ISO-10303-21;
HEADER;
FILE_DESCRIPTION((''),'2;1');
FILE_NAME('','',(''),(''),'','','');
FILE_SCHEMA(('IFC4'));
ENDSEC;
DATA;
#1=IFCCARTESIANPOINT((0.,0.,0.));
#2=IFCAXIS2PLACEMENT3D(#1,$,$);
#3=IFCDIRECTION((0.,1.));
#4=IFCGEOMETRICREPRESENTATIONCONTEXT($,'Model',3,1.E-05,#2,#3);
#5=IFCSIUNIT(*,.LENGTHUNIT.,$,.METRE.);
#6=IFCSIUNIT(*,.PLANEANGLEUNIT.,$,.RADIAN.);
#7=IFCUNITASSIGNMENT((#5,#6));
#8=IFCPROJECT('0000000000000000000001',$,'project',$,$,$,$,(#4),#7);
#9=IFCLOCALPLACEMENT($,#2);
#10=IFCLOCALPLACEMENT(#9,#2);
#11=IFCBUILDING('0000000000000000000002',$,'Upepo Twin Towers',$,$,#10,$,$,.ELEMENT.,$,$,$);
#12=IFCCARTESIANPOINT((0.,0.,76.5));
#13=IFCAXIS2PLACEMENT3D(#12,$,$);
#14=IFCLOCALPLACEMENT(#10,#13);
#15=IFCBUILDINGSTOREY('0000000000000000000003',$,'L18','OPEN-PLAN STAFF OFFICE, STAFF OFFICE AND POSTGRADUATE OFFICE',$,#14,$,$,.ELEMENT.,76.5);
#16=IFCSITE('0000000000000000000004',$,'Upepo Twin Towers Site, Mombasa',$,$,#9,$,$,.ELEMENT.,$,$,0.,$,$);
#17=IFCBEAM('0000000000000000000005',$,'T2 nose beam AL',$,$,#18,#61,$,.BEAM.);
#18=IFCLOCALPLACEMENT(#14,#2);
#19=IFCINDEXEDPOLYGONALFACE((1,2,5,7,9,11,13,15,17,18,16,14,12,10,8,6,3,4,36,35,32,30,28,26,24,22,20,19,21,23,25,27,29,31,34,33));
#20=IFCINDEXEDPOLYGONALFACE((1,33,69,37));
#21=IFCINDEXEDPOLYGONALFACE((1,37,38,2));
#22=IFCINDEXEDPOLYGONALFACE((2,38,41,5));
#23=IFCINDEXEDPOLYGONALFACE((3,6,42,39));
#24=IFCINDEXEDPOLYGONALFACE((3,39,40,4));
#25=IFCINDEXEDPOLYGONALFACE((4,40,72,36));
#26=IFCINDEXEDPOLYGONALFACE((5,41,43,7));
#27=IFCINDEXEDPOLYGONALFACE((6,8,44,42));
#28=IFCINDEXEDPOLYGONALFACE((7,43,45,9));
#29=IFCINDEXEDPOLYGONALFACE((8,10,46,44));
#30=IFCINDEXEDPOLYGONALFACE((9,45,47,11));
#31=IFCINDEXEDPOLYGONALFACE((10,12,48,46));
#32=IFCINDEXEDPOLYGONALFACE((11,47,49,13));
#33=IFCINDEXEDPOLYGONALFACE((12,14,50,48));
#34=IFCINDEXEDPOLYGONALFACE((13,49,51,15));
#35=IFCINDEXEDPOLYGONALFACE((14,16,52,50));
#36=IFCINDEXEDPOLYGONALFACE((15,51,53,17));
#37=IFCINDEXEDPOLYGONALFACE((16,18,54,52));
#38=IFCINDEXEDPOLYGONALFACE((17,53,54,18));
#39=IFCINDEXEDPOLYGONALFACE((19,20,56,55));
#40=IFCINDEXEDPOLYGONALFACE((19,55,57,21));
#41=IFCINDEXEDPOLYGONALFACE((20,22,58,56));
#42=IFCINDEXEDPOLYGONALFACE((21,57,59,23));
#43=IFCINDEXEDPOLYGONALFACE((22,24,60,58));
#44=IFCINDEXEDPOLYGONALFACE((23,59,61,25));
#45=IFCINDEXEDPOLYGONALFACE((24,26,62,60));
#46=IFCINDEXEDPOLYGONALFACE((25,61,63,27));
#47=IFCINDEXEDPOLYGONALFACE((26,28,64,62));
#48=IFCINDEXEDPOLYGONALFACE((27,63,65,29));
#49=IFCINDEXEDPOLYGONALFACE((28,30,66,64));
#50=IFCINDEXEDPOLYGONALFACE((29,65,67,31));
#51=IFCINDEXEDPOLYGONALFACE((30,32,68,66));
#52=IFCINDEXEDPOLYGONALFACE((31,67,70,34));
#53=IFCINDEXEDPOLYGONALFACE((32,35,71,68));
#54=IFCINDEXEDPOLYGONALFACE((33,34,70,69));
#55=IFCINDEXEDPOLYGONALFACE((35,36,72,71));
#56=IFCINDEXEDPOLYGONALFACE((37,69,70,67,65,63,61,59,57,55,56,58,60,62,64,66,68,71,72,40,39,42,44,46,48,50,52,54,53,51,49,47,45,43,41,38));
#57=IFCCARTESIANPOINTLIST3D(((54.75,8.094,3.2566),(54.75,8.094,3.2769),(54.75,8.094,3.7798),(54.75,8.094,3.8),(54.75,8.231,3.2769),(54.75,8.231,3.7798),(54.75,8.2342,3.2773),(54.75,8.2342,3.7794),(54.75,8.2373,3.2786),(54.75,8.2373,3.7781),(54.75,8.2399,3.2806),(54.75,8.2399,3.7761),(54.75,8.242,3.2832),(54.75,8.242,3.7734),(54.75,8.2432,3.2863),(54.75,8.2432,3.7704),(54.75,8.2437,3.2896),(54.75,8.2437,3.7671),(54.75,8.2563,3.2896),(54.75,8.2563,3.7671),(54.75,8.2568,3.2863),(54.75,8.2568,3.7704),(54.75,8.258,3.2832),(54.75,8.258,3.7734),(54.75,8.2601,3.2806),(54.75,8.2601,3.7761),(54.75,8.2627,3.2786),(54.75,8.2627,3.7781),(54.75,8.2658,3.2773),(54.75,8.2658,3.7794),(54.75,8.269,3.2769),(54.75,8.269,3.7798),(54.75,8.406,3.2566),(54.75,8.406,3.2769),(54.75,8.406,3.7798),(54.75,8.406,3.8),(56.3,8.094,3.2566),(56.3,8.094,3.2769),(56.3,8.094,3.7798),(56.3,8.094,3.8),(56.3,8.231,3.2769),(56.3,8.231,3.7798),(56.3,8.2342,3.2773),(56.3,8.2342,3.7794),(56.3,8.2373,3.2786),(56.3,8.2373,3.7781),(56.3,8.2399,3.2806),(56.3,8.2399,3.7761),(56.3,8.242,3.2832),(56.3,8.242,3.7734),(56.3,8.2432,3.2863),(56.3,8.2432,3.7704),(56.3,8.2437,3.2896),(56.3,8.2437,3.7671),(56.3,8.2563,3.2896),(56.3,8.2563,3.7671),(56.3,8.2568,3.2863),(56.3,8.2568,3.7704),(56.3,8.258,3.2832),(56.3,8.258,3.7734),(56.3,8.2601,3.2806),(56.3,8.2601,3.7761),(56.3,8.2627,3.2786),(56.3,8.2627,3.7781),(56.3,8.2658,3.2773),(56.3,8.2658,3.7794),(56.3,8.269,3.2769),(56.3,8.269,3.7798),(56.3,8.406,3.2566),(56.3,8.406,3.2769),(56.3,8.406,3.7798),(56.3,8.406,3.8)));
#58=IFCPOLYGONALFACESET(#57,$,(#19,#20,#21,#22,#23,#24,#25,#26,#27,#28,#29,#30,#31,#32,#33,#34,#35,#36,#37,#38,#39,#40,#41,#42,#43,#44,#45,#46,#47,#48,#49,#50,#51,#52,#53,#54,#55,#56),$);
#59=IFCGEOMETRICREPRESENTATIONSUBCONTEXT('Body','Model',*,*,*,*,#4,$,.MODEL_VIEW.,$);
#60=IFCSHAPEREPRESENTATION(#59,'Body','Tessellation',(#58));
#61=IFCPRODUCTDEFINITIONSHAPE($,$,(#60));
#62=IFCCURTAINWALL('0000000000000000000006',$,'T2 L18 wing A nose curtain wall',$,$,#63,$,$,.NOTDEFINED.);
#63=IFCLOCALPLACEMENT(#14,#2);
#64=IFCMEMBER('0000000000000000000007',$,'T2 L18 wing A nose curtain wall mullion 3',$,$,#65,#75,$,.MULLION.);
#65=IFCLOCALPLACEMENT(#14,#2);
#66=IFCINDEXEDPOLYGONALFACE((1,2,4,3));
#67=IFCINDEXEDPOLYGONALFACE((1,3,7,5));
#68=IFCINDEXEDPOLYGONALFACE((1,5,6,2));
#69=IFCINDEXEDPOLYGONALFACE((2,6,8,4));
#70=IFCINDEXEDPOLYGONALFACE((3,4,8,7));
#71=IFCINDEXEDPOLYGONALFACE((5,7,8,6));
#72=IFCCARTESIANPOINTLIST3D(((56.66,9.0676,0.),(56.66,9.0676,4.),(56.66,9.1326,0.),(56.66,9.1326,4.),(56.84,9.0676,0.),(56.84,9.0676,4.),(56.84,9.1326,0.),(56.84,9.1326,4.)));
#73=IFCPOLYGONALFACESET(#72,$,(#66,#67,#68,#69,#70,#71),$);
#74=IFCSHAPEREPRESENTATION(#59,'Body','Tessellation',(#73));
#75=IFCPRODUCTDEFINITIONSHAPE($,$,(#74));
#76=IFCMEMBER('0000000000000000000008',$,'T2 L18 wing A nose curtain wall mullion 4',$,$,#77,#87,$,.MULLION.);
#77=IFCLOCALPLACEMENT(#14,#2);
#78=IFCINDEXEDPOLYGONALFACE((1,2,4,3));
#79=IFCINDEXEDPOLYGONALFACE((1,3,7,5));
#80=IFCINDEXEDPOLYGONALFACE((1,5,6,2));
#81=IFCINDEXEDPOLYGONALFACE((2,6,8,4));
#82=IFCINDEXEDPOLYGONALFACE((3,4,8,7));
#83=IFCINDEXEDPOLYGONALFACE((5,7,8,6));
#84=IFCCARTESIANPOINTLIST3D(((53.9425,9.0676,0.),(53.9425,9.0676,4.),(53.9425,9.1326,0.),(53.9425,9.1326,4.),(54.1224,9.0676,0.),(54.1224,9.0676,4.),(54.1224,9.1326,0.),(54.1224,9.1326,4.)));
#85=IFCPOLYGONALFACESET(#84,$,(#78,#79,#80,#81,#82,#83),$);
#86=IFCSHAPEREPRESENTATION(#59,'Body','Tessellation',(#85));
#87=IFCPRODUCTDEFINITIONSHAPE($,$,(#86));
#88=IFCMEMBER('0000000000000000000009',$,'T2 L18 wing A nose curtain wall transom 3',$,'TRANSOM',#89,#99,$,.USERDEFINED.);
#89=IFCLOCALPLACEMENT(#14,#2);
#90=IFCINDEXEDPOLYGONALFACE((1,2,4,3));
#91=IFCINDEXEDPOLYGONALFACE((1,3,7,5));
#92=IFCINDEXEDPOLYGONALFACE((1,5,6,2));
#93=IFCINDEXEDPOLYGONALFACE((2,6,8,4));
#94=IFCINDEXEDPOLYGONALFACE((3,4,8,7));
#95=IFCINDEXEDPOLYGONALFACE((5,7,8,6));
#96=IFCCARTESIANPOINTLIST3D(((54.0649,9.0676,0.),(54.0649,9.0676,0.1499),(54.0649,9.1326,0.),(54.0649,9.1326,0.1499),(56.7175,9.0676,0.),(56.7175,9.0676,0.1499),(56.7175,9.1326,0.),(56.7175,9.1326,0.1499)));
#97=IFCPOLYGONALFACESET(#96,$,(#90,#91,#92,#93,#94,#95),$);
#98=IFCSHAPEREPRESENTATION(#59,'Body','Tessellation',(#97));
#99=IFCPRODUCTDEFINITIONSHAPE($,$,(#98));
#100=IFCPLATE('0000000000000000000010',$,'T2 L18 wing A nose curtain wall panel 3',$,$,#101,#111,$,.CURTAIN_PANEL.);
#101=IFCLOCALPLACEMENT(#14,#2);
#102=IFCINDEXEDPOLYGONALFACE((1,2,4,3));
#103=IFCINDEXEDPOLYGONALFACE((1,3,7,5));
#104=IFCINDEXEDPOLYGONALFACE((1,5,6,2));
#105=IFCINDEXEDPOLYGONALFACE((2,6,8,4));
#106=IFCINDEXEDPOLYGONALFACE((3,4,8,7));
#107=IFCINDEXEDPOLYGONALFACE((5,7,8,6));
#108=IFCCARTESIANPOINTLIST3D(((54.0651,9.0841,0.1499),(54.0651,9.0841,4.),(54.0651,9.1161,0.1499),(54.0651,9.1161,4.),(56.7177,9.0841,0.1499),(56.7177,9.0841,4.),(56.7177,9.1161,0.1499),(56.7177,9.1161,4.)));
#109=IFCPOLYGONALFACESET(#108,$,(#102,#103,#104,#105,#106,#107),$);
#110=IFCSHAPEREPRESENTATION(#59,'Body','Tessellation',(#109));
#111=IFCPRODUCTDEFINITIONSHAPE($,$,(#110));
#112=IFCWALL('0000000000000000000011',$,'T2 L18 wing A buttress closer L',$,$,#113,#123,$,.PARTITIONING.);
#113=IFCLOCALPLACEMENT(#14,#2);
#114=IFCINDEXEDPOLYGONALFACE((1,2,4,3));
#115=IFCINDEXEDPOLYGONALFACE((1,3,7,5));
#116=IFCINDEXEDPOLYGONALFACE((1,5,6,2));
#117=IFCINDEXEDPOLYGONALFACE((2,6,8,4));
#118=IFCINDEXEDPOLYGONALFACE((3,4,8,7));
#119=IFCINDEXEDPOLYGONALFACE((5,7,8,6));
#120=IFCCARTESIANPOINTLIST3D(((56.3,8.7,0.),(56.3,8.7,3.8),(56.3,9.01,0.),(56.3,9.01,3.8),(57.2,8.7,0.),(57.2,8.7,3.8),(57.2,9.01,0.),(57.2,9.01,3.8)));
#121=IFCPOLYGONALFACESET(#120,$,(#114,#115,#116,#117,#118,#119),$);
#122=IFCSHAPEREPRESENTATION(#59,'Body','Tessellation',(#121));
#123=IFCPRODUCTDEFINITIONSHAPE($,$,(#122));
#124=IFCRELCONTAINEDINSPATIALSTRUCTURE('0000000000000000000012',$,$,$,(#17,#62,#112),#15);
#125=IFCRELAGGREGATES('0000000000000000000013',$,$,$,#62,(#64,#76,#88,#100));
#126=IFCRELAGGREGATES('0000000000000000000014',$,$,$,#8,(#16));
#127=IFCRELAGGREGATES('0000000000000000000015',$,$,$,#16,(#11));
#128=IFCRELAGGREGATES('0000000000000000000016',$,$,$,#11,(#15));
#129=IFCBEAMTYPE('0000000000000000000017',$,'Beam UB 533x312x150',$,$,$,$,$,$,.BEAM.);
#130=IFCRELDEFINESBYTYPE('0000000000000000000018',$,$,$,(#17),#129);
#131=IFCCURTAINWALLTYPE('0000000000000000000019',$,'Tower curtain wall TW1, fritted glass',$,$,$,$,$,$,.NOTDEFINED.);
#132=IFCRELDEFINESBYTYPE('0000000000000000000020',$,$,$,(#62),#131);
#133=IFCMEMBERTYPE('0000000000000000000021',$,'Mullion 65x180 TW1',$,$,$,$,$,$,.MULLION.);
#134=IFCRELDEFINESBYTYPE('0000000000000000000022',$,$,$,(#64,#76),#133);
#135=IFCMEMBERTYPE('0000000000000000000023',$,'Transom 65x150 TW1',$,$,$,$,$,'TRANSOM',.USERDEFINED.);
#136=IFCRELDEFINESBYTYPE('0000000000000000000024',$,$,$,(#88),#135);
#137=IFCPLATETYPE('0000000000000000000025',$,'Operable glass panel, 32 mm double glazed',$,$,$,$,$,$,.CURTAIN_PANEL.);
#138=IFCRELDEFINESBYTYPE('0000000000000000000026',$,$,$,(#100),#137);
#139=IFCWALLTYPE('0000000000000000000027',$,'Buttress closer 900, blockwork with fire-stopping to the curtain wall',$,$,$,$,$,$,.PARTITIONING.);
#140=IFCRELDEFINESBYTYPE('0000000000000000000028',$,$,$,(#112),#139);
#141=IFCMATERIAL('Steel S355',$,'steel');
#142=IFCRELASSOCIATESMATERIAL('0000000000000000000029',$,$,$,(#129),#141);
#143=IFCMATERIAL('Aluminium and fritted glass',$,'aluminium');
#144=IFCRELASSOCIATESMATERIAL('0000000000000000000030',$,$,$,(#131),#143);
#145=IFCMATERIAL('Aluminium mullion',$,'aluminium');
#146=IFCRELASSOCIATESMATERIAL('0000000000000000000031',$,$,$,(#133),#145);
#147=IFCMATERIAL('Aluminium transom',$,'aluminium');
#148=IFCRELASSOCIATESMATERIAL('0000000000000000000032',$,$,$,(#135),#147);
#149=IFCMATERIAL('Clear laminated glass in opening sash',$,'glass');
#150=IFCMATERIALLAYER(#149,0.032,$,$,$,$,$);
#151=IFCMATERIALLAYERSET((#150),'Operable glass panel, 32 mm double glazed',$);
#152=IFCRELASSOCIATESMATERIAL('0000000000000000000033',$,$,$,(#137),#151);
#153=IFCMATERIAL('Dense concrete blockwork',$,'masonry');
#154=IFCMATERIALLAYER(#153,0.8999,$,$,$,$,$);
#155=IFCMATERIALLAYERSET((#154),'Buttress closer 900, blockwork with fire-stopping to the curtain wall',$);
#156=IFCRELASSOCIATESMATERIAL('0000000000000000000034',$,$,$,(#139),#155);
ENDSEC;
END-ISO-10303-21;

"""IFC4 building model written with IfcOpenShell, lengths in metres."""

from ifc_helpers import new_model, si_unit, direction, frame, frame_2d, origin, origin_2d, place, context, subcontext, project, spatial, rectangle, i_section, extrude, material, layer, layer_set, material_profile, profile_set, type_object, element, aggregate, save


model = new_model("IFC4")

# Units and contexts
model_context = context("Model", 3, precision=1e-05, world=origin(), true_north=direction((0.0, 1.0)))
body_context = subcontext(model_context, "Body", "Model", "MODEL_VIEW")
ifc_project = project(units=[si_unit("LENGTHUNIT", "METRE"), si_unit("PLANEANGLEUNIT", "RADIAN")], contexts=[model_context])

# Site, building, storey
site_placement = place(None, origin())
site = spatial("IfcSite", under=ifc_project, at=site_placement, Name="Upepo Twin Towers Site, Mombasa", CompositionType="ELEMENT", RefElevation=0.0)
building_placement = place(site_placement, origin())
building = spatial("IfcBuilding", under=site, at=building_placement, Name="Upepo Twin Towers", CompositionType="ELEMENT")
storey_placement = place(building_placement, frame((0.0, 0.0, 76.5)))
storey = spatial("IfcBuildingStorey", under=building, at=storey_placement, Name="L18", Description="OPEN-PLAN STAFF OFFICE, STAFF OFFICE AND POSTGRADUATE OFFICE", CompositionType="ELEMENT", Elevation=76.5)

# Beam
ifc_material_1 = material(Name="Steel S355", Category="steel")
ifc_material_profile_1 = material_profile(ifc_material_1, i_section(OverallWidth=0.312, OverallDepth=0.5435, WebThickness=0.0127, FlangeThickness=0.0203, FilletRadius=0.0127, at=origin_2d()), Name="UB 533x312x150")
ifc_profile_set_1 = profile_set([ifc_material_profile_1], Name="Steel S355")
beam_type_1 = type_object("IfcBeamType", Name="Beam UB 533x312x150", PredefinedType="BEAM", material=ifc_profile_set_1)
beam_1_placement = place(storey_placement, frame((54.75, 8.25, 3.5283), z_axis=(1.0, 0.0, 0.0), x_axis=(0.0, 1.0, 0.0)))
element("IfcBeam", 1, at=beam_1_placement, inside=storey, type_object=beam_type_1, Name="T2 nose beam AL", PredefinedType="BEAM", context=body_context, shape_type="SweptSolid", body=[
    extrude(i_section(OverallWidth=0.312, OverallDepth=0.5435, WebThickness=0.0127, FlangeThickness=0.0203, FilletRadius=0.0127, at=origin_2d()), origin(), (0.0, 0.0, 1.0), 1.55),
])

# Curtain wall, members, plate
ifc_material_2 = material(Name="Aluminium and fritted glass", Category="aluminium")
curtain_wall_type = type_object("IfcCurtainWallType", Name="Tower curtain wall TW1, fritted glass", PredefinedType="NOTDEFINED", material=ifc_material_2)
curtain_wall_placement = place(storey_placement, origin())
curtain_wall = element("IfcCurtainWall", 2, at=curtain_wall_placement, inside=storey, type_object=curtain_wall_type, Name="T2 L18 wing A nose curtain wall", PredefinedType="NOTDEFINED")
ifc_material_3 = material(Name="Aluminium mullion", Category="aluminium")
ifc_material_profile_2 = material_profile(ifc_material_3, rectangle(XDim=0.0649, YDim=0.1799, at=origin_2d()), Name="MULLION 65x180")
ifc_profile_set_2 = profile_set([ifc_material_profile_2], Name="Aluminium mullion")
member_type_1 = type_object("IfcMemberType", Name="Mullion 65x180 TW1", PredefinedType="MULLION", material=ifc_profile_set_2)
member_1_placement = place(storey_placement, frame((56.75, 9.1001, 0.0), z_axis=(0.0, 0.0, 1.0), x_axis=(0.0, -1.0, 0.0)))
member_1 = element("IfcMember", 3, at=member_1_placement, type_object=member_type_1, Name="T2 L18 wing A nose curtain wall mullion 3", PredefinedType="MULLION", context=body_context, shape_type="SweptSolid", body=[
    extrude(rectangle(XDim=0.0649, YDim=0.1799, at=origin_2d()), origin(), (0.0, 0.0, 1.0), 4.0),
])
member_2_placement = place(storey_placement, frame((54.0325, 9.1001, 0.0), z_axis=(0.0, 0.0, 1.0), x_axis=(0.0, -1.0, 0.0)))
member_2 = element("IfcMember", 4, at=member_2_placement, type_object=member_type_1, Name="T2 L18 wing A nose curtain wall mullion 4", PredefinedType="MULLION", context=body_context, shape_type="SweptSolid", body=[
    extrude(rectangle(XDim=0.0649, YDim=0.1799, at=origin_2d()), origin(), (0.0, 0.0, 1.0), 4.0),
])
ifc_material_4 = material(Name="Aluminium transom", Category="aluminium")
ifc_material_profile_3 = material_profile(ifc_material_4, rectangle(XDim=0.0649, YDim=0.1499, at=origin_2d()), Name="TRANSOM 65x150")
ifc_profile_set_3 = profile_set([ifc_material_profile_3], Name="Aluminium transom")
member_type_2 = type_object("IfcMemberType", Name="Transom 65x150 TW1", ElementType="TRANSOM", PredefinedType="USERDEFINED", material=ifc_profile_set_3)
member_3_placement = place(storey_placement, frame((56.7175, 9.1001, 0.075), z_axis=(-1.0, 0.0, 0.0), x_axis=(0.0, -1.0, 0.0)))
member_3 = element("IfcMember", 5, at=member_3_placement, type_object=member_type_2, Name="T2 L18 wing A nose curtain wall transom 3", ObjectType="TRANSOM", PredefinedType="USERDEFINED", context=body_context, shape_type="SweptSolid", body=[
    extrude(rectangle(XDim=0.0649, YDim=0.1499, at=origin_2d()), origin(), (0.0, 0.0, 1.0), 2.6526),
])
ifc_material_5 = material(Name="Clear laminated glass in opening sash", Category="glass")
ifc_layer_1 = layer(ifc_material_5, 0.032)
ifc_layer_set_1 = layer_set([ifc_layer_1], Name="Operable glass panel, 32 mm double glazed")
plate_type = type_object("IfcPlateType", Name="Operable glass panel, 32 mm double glazed", PredefinedType="CURTAIN_PANEL", material=ifc_layer_set_1)
plate_placement = place(storey_placement, frame((55.3914, 9.1001, 0.1499), z_axis=(0.0, 0.0, 1.0), x_axis=(-1.0, 0.0, 0.0)))
plate = element("IfcPlate", 6, at=plate_placement, type_object=plate_type, Name="T2 L18 wing A nose curtain wall panel 3", PredefinedType="CURTAIN_PANEL", context=body_context, shape_type="SweptSolid", body=[
    extrude(rectangle(XDim=2.6526, YDim=0.032, at=origin_2d()), origin(), (0.0, 0.0, 1.0), 3.8501),
])
aggregate(curtain_wall, [member_1, member_2, member_3, plate])

# Wall
ifc_material_6 = material(Name="Dense concrete blockwork", Category="masonry")
ifc_layer_2 = layer(ifc_material_6, 0.8999)
ifc_layer_set_2 = layer_set([ifc_layer_2], Name="Buttress closer 900, blockwork with fire-stopping to the curtain wall")
wall_type_1 = type_object("IfcWallType", Name="Buttress closer 900, blockwork with fire-stopping to the curtain wall", PredefinedType="PARTITIONING", material=ifc_layer_set_2)
wall_1_placement = place(storey_placement, frame((56.75, 8.7, 0.0), z_axis=(0.0, 0.0, 1.0), x_axis=(0.0, 1.0, 0.0)))
element("IfcWall", 7, at=wall_1_placement, inside=storey, type_object=wall_type_1, Name="T2 L18 wing A buttress closer L", PredefinedType="PARTITIONING", context=body_context, shape_type="SweptSolid", body=[
    extrude(rectangle(XDim=0.3101, YDim=0.8999, at=frame_2d((0.155, 0.0))), origin(), (0.0, 0.0, 1.0), 3.8),
])

save(model, "model.ifc")
